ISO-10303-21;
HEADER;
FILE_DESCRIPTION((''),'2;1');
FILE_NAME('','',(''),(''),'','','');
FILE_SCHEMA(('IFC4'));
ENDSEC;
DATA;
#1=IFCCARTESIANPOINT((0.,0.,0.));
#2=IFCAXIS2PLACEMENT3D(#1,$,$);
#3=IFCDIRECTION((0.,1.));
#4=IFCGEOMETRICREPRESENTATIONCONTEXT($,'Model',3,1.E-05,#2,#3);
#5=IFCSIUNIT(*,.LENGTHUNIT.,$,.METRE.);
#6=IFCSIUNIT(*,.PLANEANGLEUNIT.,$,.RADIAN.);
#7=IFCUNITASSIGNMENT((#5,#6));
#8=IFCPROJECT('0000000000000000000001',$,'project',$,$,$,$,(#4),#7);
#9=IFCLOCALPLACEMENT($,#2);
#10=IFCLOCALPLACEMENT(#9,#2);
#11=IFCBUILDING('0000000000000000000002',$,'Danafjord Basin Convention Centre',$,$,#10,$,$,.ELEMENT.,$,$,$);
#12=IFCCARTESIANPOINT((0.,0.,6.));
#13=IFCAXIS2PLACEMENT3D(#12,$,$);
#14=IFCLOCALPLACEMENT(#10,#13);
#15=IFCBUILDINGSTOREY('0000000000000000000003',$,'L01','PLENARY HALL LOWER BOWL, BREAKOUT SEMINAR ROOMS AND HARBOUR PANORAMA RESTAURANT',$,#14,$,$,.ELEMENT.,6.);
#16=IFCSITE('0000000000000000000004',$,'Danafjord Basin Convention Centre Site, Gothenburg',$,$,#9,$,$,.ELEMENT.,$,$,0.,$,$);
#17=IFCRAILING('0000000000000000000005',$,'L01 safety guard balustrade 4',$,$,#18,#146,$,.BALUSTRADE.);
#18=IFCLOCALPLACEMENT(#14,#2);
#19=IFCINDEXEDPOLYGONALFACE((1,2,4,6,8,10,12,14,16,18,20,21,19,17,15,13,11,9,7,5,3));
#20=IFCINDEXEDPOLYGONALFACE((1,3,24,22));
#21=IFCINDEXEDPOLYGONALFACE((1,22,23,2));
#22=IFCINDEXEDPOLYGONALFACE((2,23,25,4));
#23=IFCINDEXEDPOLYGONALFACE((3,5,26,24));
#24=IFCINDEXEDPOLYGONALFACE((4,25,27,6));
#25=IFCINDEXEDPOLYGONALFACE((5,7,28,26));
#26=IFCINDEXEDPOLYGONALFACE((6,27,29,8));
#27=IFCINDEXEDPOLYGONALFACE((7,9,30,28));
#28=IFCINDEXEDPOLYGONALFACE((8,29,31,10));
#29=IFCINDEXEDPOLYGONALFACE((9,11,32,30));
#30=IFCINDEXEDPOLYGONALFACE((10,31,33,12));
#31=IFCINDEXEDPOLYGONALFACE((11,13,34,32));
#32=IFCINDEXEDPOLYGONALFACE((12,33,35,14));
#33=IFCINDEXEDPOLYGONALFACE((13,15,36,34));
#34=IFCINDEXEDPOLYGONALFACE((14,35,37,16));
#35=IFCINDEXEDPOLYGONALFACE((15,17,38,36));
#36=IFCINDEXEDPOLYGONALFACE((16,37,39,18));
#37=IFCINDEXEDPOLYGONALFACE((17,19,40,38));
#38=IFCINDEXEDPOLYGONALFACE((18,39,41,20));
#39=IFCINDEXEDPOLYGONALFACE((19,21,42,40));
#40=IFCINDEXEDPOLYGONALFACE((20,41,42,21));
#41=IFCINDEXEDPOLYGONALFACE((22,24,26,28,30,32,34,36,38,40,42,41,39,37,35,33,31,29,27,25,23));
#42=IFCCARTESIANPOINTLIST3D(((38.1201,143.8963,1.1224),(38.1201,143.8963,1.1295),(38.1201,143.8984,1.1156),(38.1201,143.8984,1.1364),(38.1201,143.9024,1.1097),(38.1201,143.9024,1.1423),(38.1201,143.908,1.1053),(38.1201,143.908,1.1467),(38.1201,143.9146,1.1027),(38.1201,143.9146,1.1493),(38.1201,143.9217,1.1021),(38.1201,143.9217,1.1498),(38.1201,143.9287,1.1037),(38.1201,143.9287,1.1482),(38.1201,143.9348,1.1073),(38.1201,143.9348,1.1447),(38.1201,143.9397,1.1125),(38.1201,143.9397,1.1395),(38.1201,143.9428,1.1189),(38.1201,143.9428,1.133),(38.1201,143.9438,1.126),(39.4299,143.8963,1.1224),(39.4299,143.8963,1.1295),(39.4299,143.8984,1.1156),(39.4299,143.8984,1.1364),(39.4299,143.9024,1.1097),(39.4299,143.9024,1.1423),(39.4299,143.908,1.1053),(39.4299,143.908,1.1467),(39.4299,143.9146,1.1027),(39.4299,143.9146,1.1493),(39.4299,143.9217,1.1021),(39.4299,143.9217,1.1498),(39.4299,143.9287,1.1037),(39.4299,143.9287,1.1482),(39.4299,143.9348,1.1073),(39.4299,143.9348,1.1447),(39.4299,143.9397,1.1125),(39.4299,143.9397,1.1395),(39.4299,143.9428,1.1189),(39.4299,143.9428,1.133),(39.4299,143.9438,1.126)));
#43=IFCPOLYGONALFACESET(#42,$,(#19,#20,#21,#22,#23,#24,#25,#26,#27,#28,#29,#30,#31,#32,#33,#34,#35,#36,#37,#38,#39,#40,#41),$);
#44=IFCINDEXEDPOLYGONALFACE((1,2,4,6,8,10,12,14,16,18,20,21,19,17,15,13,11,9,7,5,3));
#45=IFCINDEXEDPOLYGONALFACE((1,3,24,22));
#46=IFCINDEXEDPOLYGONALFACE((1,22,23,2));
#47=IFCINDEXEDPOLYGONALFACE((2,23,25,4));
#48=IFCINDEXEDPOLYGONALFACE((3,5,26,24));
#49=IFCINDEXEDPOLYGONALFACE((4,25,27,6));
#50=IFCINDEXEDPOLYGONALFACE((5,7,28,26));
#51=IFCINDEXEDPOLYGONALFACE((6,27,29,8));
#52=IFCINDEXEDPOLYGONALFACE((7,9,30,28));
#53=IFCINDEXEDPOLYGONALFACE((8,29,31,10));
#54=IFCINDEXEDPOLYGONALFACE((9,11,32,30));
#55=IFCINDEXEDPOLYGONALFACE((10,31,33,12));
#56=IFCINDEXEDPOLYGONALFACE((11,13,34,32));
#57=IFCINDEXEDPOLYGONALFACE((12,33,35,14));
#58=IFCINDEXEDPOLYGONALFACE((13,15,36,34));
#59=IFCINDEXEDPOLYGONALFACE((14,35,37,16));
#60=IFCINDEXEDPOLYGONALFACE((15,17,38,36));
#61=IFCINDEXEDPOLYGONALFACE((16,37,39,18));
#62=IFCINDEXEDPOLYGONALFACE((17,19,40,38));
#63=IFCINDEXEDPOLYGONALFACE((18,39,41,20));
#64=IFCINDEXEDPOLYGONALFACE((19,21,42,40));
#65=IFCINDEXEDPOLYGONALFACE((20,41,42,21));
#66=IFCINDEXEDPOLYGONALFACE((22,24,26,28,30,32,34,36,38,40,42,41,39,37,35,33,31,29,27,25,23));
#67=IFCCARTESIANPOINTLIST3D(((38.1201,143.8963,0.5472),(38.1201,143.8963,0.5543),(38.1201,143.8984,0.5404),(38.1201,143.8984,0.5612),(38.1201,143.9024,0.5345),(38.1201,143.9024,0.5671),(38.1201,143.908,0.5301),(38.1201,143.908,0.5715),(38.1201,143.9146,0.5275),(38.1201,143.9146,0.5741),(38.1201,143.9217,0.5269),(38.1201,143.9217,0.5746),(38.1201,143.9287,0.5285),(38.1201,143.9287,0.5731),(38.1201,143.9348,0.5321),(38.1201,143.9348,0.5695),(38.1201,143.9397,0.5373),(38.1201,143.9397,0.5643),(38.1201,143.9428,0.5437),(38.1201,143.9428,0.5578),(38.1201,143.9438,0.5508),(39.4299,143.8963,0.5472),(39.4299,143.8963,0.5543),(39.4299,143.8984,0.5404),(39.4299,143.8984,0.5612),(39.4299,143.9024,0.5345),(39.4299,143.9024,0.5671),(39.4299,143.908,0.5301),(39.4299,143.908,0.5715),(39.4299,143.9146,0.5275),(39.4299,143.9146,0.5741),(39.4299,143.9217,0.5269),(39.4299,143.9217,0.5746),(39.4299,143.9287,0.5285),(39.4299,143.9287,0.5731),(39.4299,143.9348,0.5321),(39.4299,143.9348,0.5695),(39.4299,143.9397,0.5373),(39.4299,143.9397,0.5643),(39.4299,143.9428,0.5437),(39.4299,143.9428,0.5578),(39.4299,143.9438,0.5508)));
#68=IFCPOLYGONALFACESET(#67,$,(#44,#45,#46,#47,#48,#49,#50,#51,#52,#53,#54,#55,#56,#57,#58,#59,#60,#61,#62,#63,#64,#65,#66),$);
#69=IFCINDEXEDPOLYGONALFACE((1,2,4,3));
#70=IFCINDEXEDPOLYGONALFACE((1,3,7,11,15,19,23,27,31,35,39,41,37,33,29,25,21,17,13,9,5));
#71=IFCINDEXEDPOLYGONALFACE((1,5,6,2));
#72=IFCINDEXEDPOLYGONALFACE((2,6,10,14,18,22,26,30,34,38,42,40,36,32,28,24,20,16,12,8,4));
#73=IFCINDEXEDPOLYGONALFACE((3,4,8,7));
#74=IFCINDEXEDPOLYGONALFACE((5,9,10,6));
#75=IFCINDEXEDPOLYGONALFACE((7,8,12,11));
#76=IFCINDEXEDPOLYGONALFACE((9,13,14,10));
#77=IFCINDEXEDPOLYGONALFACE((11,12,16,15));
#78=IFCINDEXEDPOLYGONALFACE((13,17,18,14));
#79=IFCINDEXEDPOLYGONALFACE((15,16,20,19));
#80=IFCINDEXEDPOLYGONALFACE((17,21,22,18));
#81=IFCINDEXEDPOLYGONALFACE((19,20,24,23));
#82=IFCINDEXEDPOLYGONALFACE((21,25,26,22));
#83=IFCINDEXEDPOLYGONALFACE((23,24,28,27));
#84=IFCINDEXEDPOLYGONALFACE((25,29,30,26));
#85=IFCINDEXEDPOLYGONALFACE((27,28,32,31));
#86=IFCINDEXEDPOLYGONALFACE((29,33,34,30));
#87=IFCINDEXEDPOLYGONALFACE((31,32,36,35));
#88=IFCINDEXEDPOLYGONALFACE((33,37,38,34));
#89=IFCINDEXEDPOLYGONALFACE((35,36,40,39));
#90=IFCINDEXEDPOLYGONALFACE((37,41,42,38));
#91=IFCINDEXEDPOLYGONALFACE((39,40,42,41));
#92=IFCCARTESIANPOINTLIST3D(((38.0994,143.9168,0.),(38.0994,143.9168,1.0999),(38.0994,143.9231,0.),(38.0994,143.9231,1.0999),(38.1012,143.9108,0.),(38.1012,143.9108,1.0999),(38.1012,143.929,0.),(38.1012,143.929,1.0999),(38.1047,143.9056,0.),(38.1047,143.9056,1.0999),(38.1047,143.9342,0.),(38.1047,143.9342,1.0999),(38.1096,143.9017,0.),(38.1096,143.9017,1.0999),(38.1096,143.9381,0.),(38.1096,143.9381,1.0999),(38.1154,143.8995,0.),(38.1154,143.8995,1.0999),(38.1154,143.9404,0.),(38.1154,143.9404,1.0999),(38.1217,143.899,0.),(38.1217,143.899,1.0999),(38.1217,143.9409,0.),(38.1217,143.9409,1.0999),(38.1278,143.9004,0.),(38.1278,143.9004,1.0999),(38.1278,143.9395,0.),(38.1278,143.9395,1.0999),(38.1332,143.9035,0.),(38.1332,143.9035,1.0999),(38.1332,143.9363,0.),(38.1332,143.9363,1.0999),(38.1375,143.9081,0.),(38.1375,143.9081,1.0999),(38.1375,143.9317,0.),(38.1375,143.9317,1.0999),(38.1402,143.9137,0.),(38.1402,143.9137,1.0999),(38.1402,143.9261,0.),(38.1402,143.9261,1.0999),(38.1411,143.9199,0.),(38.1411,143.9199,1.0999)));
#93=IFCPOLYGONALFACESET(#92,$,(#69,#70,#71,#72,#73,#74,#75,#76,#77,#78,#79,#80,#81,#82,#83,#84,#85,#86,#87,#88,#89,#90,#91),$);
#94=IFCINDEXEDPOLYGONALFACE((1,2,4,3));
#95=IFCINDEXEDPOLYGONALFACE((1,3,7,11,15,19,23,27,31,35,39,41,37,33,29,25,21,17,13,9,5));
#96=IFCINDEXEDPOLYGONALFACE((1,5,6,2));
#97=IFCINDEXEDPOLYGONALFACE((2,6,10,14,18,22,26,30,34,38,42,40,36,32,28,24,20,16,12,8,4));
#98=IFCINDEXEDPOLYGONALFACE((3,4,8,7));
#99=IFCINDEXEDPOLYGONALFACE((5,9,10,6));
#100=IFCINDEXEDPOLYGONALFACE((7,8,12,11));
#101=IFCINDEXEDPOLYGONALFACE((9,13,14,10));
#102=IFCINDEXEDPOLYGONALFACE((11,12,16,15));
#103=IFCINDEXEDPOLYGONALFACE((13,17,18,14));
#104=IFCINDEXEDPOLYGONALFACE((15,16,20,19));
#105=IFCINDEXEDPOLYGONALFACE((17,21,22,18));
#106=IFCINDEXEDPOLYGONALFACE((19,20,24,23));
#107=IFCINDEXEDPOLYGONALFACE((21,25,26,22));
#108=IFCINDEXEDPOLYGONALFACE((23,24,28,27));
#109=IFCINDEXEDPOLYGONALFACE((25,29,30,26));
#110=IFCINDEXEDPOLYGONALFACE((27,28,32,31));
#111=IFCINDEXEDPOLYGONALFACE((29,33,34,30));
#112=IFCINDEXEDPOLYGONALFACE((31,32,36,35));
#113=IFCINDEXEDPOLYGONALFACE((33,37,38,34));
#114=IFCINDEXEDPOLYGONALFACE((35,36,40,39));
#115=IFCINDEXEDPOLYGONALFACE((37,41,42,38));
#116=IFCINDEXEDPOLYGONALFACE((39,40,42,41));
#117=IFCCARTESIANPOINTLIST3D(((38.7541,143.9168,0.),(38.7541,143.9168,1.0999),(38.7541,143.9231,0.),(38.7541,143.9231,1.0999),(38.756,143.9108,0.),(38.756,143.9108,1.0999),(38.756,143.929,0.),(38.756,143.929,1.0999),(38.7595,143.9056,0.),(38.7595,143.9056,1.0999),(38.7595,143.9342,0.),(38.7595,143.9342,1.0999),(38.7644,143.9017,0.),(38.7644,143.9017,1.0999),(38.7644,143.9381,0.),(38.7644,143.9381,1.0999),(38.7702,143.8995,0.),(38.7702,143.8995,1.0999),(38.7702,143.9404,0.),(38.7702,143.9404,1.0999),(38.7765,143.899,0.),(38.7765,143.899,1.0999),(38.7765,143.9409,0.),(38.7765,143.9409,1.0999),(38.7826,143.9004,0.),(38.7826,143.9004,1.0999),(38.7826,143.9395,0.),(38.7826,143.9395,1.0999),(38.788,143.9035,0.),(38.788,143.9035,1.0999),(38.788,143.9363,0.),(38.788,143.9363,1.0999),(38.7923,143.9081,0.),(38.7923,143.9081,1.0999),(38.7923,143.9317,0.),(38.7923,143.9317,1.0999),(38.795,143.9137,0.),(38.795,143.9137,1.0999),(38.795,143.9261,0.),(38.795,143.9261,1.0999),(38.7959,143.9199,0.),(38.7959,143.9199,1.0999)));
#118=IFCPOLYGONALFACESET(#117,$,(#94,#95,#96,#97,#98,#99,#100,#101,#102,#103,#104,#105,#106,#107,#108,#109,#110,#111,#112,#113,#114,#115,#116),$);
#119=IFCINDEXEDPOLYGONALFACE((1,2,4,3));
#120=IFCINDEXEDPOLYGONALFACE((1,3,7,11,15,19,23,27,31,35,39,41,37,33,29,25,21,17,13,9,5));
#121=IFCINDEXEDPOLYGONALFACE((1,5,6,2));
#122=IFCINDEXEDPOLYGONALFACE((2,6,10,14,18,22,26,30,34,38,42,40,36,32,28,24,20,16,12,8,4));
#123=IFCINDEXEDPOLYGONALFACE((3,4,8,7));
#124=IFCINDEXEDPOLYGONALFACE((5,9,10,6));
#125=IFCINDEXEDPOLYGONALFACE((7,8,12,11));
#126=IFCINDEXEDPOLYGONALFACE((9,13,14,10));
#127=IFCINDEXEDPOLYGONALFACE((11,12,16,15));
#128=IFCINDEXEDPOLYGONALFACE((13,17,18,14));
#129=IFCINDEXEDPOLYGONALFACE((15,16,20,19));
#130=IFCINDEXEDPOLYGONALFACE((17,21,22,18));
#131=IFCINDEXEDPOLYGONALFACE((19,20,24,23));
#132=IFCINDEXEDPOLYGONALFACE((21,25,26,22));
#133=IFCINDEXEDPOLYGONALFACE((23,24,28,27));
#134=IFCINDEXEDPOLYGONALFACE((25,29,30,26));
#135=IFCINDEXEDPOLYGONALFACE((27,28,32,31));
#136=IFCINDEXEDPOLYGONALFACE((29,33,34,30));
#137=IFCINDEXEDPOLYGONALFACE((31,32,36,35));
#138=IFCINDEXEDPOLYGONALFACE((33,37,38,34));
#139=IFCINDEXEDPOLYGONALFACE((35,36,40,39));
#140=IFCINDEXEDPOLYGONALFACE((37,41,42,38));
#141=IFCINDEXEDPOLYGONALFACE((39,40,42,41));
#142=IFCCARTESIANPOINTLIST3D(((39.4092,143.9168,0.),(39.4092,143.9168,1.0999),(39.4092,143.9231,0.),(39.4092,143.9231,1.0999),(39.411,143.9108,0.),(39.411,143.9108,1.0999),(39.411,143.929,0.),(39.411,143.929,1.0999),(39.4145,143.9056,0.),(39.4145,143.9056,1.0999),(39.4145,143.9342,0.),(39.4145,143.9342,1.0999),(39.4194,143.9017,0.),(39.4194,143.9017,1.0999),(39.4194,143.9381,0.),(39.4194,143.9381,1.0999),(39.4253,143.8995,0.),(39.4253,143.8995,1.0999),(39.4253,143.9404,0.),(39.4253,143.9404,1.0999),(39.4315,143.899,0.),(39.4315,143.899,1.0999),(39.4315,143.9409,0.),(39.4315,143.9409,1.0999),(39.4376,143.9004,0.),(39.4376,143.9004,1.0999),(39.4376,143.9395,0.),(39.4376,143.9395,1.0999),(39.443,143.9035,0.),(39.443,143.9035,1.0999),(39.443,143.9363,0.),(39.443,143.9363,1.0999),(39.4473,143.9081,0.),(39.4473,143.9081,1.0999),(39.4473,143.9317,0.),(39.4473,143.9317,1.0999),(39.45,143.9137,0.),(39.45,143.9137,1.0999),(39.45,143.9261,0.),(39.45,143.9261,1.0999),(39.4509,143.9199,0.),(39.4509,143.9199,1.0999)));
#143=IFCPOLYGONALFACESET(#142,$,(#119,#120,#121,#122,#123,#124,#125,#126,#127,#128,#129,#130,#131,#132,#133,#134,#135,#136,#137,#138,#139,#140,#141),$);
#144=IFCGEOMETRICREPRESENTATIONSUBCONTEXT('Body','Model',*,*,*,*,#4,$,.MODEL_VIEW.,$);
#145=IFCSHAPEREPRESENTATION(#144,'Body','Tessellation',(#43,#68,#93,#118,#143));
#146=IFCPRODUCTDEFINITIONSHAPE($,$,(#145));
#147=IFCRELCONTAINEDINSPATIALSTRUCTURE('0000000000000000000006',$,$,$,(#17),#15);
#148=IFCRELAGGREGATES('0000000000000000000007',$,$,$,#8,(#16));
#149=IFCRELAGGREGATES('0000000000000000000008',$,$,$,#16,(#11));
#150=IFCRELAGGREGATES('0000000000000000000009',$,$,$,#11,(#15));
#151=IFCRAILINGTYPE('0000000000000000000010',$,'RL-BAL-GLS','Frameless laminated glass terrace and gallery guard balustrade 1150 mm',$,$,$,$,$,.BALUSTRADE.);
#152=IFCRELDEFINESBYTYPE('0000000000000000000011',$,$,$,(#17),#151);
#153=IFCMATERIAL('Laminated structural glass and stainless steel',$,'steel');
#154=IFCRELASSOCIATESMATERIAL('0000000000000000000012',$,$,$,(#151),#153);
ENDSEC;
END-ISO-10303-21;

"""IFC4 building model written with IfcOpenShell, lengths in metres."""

from ifc_helpers import new_model, si_unit, direction, frame, origin, origin_2d, place, context, subcontext, project, spatial, circle, extrude, material, type_object, element, save


model = new_model("IFC4")

# Units and contexts
model_context = context("Model", 3, precision=1e-05, world=origin(), true_north=direction((0.0, 1.0)))
body_context = subcontext(model_context, "Body", "Model", "MODEL_VIEW")
ifc_project = project(units=[si_unit("LENGTHUNIT", "METRE"), si_unit("PLANEANGLEUNIT", "RADIAN")], contexts=[model_context])

# Site, building, storey
site_placement = place(None, origin())
site = spatial("IfcSite", under=ifc_project, at=site_placement, Name="Danafjord Basin Convention Centre Site, Gothenburg", CompositionType="ELEMENT", RefElevation=0.0)
building_placement = place(site_placement, origin())
building = spatial("IfcBuilding", under=site, at=building_placement, Name="Danafjord Basin Convention Centre", CompositionType="ELEMENT")
storey_placement = place(building_placement, frame((0.0, 0.0, 6.0)))
storey = spatial("IfcBuildingStorey", under=building, at=storey_placement, Name="L01", Description="PLENARY HALL LOWER BOWL, BREAKOUT SEMINAR ROOMS AND HARBOUR PANORAMA RESTAURANT", CompositionType="ELEMENT", Elevation=6.0)

# Railing
ifc_material_1 = material(Name="Laminated structural glass and stainless steel", Category="steel")
railing_type = type_object("IfcRailingType", Name="RL-BAL-GLS", Description="Frameless laminated glass terrace and gallery guard balustrade 1150 mm", PredefinedType="BALUSTRADE", material=ifc_material_1)
railing_1_placement = place(storey_placement, frame((38.1201, 143.9199, 0.0)))
element("IfcRailing", 1, at=railing_1_placement, inside=storey, type_object=railing_type, Name="L01 safety guard balustrade 4", PredefinedType="BALUSTRADE", context=body_context, shape_type="SweptSolid", body=[
    extrude(circle(Radius=0.0239, at=origin_2d()), frame((0.0, 0.0, 1.126), z_axis=(1.0, 0.0, 0.0), x_axis=(0.0, 1.0, 0.0)), (0.0, 0.0, 1.0), 1.3098),
    extrude(circle(Radius=0.0239, at=origin_2d()), frame((0.0, 0.0, 0.5508), z_axis=(1.0, 0.0, 0.0), x_axis=(0.0, 1.0, 0.0)), (0.0, 0.0, 1.0), 1.3098),
    extrude(circle(Radius=0.021, at=origin_2d()), origin(), (0.0, 0.0, 1.0), 1.0999),
    extrude(circle(Radius=0.021, at=origin_2d()), frame((0.6548, 0.0, 0.0)), (0.0, 0.0, 1.0), 1.0999),
    extrude(circle(Radius=0.021, at=origin_2d()), frame((1.3098, 0.0, 0.0)), (0.0, 0.0, 1.0), 1.0999),
])

save(model, "model.ifc")
